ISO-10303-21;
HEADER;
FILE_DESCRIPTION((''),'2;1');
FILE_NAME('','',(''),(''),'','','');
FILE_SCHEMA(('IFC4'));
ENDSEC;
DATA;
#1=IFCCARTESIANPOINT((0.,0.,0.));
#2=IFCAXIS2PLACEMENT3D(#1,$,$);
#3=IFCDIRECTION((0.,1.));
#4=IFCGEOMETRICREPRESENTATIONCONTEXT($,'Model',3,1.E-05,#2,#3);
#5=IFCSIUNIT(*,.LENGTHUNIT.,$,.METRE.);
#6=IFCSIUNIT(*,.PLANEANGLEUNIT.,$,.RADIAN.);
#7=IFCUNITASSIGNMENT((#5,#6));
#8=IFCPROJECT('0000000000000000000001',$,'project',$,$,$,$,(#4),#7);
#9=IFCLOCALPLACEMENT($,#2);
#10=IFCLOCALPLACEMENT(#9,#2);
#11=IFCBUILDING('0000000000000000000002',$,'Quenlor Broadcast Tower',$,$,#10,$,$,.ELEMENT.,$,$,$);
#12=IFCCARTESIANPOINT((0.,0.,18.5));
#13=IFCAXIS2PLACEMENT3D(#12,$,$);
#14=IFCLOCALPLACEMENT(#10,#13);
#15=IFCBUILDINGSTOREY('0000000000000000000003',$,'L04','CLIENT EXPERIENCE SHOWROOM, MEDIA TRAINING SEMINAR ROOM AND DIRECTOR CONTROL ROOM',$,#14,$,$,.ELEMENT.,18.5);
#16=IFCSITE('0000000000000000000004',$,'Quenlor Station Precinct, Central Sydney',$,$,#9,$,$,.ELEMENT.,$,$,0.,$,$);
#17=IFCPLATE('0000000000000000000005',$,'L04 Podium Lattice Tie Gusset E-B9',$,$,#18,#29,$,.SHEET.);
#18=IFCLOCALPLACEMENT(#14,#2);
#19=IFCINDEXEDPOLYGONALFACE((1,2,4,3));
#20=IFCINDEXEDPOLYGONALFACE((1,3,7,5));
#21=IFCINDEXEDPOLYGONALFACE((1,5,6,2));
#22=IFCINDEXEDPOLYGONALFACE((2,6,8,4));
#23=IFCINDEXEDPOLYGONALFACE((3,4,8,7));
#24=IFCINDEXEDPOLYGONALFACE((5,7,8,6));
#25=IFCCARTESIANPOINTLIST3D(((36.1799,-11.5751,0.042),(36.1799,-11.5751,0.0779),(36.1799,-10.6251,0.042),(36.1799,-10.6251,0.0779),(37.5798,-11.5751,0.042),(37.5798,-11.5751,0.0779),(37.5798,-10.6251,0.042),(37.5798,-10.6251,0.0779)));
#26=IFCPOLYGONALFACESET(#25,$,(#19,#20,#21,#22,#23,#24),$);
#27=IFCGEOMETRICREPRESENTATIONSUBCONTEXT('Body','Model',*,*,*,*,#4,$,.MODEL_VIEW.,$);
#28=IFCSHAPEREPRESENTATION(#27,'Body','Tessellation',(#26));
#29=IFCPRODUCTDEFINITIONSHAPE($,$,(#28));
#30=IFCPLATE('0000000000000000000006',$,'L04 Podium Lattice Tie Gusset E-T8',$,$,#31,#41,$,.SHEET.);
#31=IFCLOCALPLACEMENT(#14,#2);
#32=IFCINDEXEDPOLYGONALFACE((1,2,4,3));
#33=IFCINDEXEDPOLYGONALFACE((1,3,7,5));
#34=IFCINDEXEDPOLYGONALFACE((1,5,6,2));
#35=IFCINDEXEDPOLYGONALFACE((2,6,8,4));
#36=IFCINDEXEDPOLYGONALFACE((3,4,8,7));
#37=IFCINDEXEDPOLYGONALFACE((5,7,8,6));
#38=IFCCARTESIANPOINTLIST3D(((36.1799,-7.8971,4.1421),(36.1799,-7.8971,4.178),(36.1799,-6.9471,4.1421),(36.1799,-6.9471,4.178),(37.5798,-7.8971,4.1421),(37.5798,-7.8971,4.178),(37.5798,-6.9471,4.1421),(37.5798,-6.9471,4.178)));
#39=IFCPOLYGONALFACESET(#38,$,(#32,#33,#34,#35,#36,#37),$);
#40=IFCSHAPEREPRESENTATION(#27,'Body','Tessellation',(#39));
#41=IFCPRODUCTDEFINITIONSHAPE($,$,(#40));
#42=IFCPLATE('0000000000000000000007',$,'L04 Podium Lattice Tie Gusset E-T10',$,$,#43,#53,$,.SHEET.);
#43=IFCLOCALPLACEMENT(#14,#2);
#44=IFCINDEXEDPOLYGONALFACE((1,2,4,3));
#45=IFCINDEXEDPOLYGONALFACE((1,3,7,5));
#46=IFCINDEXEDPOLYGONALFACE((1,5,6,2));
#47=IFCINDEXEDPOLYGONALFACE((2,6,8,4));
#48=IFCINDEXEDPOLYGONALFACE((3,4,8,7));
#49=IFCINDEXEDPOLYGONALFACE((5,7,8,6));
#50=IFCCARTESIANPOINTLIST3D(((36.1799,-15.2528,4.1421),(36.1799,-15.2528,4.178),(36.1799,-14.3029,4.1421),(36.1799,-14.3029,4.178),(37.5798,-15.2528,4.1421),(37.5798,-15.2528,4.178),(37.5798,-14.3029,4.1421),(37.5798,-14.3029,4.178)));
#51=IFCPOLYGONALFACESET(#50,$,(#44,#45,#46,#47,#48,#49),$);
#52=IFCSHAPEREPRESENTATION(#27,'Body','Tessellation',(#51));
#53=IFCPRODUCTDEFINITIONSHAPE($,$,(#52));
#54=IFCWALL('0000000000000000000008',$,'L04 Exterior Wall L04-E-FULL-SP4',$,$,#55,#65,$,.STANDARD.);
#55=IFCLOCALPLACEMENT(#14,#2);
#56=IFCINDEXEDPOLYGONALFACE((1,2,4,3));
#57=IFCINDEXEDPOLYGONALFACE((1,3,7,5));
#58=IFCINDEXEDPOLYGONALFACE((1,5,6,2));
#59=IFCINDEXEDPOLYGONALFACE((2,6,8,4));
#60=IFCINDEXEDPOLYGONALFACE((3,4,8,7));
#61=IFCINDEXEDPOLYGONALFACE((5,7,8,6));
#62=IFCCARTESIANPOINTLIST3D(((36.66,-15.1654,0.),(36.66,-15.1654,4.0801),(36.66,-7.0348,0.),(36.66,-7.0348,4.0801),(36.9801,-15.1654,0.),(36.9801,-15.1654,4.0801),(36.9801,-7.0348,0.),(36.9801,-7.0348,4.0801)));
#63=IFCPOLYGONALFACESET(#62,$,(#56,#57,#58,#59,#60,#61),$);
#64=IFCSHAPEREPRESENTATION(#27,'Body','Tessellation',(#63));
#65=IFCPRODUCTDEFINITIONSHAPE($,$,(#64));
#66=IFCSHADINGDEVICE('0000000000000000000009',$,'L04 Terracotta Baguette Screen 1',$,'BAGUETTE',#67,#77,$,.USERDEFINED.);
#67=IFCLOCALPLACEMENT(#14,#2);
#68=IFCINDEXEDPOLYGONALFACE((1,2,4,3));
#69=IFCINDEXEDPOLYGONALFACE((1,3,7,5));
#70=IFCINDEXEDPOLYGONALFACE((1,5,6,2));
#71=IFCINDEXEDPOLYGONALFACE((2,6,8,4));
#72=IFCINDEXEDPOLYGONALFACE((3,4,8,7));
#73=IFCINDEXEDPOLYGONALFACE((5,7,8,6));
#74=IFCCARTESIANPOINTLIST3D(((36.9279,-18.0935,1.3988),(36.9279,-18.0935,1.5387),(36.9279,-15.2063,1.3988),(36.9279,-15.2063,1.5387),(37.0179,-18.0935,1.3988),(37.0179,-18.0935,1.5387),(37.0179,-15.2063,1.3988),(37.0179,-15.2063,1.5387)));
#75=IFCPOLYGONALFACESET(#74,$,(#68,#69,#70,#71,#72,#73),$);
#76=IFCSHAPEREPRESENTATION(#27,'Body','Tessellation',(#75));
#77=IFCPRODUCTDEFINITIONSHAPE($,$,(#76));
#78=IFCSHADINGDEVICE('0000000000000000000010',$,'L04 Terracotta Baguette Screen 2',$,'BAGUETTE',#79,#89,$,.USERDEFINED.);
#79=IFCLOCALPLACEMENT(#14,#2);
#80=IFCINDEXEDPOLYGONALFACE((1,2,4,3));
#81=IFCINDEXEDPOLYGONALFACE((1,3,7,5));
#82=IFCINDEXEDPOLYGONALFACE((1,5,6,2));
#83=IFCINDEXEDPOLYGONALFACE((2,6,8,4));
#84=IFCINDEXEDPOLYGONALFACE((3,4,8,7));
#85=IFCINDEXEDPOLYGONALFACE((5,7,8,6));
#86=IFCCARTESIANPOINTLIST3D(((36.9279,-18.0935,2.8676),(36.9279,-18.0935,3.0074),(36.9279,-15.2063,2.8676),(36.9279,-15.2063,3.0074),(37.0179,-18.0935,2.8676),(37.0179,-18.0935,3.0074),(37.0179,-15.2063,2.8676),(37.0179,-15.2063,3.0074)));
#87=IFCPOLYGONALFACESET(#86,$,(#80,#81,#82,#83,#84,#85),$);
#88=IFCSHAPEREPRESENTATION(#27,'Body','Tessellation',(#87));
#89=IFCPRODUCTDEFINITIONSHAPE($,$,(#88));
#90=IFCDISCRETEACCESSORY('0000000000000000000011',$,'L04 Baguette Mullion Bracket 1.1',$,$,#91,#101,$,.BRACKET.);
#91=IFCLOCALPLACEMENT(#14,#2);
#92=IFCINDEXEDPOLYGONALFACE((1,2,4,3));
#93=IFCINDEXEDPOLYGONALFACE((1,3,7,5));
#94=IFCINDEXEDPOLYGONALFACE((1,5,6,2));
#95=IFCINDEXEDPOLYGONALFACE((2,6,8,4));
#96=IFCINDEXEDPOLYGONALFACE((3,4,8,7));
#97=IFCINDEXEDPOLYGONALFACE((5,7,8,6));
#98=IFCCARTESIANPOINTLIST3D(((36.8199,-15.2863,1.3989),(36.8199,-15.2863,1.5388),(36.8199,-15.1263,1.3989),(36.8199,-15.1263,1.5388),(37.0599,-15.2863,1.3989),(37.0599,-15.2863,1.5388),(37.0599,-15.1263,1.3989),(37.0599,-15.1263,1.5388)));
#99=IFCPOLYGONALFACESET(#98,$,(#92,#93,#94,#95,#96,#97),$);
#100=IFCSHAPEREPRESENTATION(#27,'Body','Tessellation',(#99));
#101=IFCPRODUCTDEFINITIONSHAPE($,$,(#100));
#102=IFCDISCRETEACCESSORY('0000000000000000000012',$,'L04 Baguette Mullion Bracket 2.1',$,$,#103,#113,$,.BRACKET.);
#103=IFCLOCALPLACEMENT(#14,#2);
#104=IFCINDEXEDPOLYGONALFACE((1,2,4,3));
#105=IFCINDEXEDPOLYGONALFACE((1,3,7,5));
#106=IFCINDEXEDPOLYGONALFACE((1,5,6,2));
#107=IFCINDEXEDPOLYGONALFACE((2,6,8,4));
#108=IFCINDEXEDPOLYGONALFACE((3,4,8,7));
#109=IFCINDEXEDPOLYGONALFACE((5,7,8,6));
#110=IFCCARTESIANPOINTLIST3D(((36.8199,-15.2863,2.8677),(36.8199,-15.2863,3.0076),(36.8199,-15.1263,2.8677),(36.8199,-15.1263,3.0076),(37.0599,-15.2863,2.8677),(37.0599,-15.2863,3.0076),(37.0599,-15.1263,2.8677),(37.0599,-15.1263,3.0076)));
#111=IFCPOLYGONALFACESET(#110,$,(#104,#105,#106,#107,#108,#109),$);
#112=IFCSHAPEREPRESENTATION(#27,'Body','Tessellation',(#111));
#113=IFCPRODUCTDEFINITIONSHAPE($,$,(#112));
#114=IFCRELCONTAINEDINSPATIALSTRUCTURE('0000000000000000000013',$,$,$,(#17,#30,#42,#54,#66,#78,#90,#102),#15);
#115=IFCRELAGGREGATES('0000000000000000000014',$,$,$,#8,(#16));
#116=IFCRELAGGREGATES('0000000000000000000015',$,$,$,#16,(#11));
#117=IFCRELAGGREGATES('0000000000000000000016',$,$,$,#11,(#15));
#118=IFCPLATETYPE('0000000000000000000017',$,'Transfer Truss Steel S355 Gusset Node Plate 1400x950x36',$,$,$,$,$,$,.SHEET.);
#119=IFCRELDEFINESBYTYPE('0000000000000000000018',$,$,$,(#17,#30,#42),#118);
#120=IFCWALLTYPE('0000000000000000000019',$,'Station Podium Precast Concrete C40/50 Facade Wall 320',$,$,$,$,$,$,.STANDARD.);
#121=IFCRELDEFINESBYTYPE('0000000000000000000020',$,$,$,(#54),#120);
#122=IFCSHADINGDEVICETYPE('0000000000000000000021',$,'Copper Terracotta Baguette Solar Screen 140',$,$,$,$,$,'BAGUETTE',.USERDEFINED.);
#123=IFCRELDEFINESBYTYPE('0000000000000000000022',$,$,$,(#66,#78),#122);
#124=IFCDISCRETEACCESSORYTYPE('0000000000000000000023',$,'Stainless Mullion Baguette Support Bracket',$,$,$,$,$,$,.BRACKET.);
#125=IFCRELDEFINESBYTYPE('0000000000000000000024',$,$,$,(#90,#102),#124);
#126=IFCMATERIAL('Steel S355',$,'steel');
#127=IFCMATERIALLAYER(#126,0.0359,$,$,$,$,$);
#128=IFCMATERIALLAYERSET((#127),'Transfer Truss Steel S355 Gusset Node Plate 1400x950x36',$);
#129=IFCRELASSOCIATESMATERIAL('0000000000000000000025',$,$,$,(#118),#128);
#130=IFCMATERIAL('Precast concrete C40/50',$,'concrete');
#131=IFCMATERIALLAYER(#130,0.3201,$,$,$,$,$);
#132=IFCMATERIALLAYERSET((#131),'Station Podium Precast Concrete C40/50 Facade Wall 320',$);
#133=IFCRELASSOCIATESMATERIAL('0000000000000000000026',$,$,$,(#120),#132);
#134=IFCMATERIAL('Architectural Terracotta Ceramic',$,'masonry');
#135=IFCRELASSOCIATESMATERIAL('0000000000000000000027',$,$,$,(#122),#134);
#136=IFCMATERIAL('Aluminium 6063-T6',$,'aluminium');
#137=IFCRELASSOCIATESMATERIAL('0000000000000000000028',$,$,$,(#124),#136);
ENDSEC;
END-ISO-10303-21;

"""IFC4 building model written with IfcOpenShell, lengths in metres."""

from ifc_helpers import new_model, si_unit, direction, frame, frame_2d, origin, origin_2d, place, context, subcontext, project, spatial, rectangle, extrude, material, layer, layer_set, material_profile, profile_set, type_object, element, save


model = new_model("IFC4")

# Units and contexts
model_context = context("Model", 3, precision=1e-05, world=origin(), true_north=direction((0.0, 1.0)))
body_context = subcontext(model_context, "Body", "Model", "MODEL_VIEW")
ifc_project = project(units=[si_unit("LENGTHUNIT", "METRE"), si_unit("PLANEANGLEUNIT", "RADIAN")], contexts=[model_context])

# Site, building, storey
site_placement = place(None, origin())
site = spatial("IfcSite", under=ifc_project, at=site_placement, Name="Quenlor Station Precinct, Central Sydney", CompositionType="ELEMENT", RefElevation=0.0)
building_placement = place(site_placement, origin())
building = spatial("IfcBuilding", under=site, at=building_placement, Name="Quenlor Broadcast Tower", CompositionType="ELEMENT")
storey_placement = place(building_placement, frame((0.0, 0.0, 18.5)))
storey = spatial("IfcBuildingStorey", under=building, at=storey_placement, Name="L04", Description="CLIENT EXPERIENCE SHOWROOM, MEDIA TRAINING SEMINAR ROOM AND DIRECTOR CONTROL ROOM", CompositionType="ELEMENT", Elevation=18.5)

# Plates
ifc_material_1 = material(Name="Steel S355", Category="steel")
ifc_layer_1 = layer(ifc_material_1, 0.0359)
ifc_layer_set_1 = layer_set([ifc_layer_1], Name="Transfer Truss Steel S355 Gusset Node Plate 1400x950x36")
plate_type = type_object("IfcPlateType", Name="Transfer Truss Steel S355 Gusset Node Plate 1400x950x36", PredefinedType="SHEET", material=ifc_layer_set_1)
for number, where, z_axis, x_axis, name in (
    (1, (36.8799, -11.1001, 0.042), (0.0, 0.0, 1.0), (1.0, 0.0, 0.0), "L04 Podium Lattice Tie Gusset E-B9"),
    (2, (36.8799, -7.4221, 4.1421), (0.0, 0.0, 1.0), (1.0, 0.0, 0.0), "L04 Podium Lattice Tie Gusset E-T8"),
    (3, (36.8799, -14.7778, 4.1421), (0.0, 0.0, 1.0), (1.0, 0.0, 0.0), "L04 Podium Lattice Tie Gusset E-T10"),
):
    element("IfcPlate", number, at=place(storey_placement, frame(where, z_axis=z_axis, x_axis=x_axis)), inside=storey, type_object=plate_type, Name=name, PredefinedType="SHEET", context=body_context, shape_type="SweptSolid", body=[
        extrude(rectangle(XDim=1.3999, YDim=0.95, at=origin_2d()), origin(), (0.0, 0.0, 1.0), 0.0359),
    ])

# Wall
ifc_material_2 = material(Name="Precast concrete C40/50", Category="concrete")
ifc_layer_2 = layer(ifc_material_2, 0.3201)
ifc_layer_set_2 = layer_set([ifc_layer_2], Name="Station Podium Precast Concrete C40/50 Facade Wall 320")
wall_type = type_object("IfcWallType", Name="Station Podium Precast Concrete C40/50 Facade Wall 320", PredefinedType="STANDARD", material=ifc_layer_set_2)
wall_placement = place(storey_placement, frame((36.8201, -7.0347, 0.0), z_axis=(0.0, 0.0, 1.0), x_axis=(0.0, -1.0, 0.0)))
element("IfcWall", 4, at=wall_placement, inside=storey, type_object=wall_type, Name="L04 Exterior Wall L04-E-FULL-SP4", PredefinedType="STANDARD", context=body_context, shape_type="SweptSolid", body=[
    extrude(rectangle(XDim=8.1306, YDim=0.3201, at=frame_2d((4.0654, 0.0))), origin(), (0.0, 0.0, 1.0), 4.0801),
])

# Shading devices
ifc_material_3 = material(Name="Architectural Terracotta Ceramic", Category="masonry")
ifc_material_profile_1 = material_profile(ifc_material_3, rectangle(XDim=0.0901, YDim=0.1399, at=origin_2d()))
ifc_profile_set_1 = profile_set([ifc_material_profile_1], Name="Architectural Terracotta Ceramic BAG90x140")
shading_device_type = type_object("IfcShadingDeviceType", Name="Copper Terracotta Baguette Solar Screen 140", ElementType="BAGUETTE", PredefinedType="USERDEFINED", material=ifc_profile_set_1)
for number, where, z_axis, x_axis, name in (
    (5, (36.9729, -15.2063, 1.4688), (0.0, -1.0, 0.0), (1.0, 0.0, 0.0), "L04 Terracotta Baguette Screen 1"),
    (6, (36.9729, -15.2063, 2.9375), (0.0, -1.0, 0.0), (1.0, 0.0, 0.0), "L04 Terracotta Baguette Screen 2"),
):
    element("IfcShadingDevice", number, at=place(storey_placement, frame(where, z_axis=z_axis, x_axis=x_axis)), inside=storey, type_object=shading_device_type, Name=name, ObjectType="BAGUETTE", PredefinedType="USERDEFINED", context=body_context, shape_type="SweptSolid", body=[
        extrude(rectangle(XDim=0.0901, YDim=0.1399, at=origin_2d()), origin(), (0.0, 0.0, 1.0), 2.8872),
    ])

# Discrete accessories
ifc_material_4 = material(Name="Aluminium 6063-T6", Category="aluminium")
discrete_accessory_type = type_object("IfcDiscreteAccessoryType", Name="Stainless Mullion Baguette Support Bracket", PredefinedType="BRACKET", material=ifc_material_4)
for number, where, z_axis, x_axis, name in (
    (7, (36.9399, -15.2063, 1.3989), (0.0, 0.0, 1.0), (0.0, -1.0, 0.0), "L04 Baguette Mullion Bracket 1.1"),
    (8, (36.9399, -15.2063, 2.8677), (0.0, 0.0, 1.0), (0.0, -1.0, 0.0), "L04 Baguette Mullion Bracket 2.1"),
):
    element("IfcDiscreteAccessory", number, at=place(storey_placement, frame(where, z_axis=z_axis, x_axis=x_axis)), inside=storey, type_object=discrete_accessory_type, Name=name, PredefinedType="BRACKET", context=body_context, shape_type="SweptSolid", body=[
        extrude(rectangle(XDim=0.1599, YDim=0.24, at=origin_2d()), origin(), (0.0, 0.0, 1.0), 0.1399),
    ])

save(model, "model.ifc")
